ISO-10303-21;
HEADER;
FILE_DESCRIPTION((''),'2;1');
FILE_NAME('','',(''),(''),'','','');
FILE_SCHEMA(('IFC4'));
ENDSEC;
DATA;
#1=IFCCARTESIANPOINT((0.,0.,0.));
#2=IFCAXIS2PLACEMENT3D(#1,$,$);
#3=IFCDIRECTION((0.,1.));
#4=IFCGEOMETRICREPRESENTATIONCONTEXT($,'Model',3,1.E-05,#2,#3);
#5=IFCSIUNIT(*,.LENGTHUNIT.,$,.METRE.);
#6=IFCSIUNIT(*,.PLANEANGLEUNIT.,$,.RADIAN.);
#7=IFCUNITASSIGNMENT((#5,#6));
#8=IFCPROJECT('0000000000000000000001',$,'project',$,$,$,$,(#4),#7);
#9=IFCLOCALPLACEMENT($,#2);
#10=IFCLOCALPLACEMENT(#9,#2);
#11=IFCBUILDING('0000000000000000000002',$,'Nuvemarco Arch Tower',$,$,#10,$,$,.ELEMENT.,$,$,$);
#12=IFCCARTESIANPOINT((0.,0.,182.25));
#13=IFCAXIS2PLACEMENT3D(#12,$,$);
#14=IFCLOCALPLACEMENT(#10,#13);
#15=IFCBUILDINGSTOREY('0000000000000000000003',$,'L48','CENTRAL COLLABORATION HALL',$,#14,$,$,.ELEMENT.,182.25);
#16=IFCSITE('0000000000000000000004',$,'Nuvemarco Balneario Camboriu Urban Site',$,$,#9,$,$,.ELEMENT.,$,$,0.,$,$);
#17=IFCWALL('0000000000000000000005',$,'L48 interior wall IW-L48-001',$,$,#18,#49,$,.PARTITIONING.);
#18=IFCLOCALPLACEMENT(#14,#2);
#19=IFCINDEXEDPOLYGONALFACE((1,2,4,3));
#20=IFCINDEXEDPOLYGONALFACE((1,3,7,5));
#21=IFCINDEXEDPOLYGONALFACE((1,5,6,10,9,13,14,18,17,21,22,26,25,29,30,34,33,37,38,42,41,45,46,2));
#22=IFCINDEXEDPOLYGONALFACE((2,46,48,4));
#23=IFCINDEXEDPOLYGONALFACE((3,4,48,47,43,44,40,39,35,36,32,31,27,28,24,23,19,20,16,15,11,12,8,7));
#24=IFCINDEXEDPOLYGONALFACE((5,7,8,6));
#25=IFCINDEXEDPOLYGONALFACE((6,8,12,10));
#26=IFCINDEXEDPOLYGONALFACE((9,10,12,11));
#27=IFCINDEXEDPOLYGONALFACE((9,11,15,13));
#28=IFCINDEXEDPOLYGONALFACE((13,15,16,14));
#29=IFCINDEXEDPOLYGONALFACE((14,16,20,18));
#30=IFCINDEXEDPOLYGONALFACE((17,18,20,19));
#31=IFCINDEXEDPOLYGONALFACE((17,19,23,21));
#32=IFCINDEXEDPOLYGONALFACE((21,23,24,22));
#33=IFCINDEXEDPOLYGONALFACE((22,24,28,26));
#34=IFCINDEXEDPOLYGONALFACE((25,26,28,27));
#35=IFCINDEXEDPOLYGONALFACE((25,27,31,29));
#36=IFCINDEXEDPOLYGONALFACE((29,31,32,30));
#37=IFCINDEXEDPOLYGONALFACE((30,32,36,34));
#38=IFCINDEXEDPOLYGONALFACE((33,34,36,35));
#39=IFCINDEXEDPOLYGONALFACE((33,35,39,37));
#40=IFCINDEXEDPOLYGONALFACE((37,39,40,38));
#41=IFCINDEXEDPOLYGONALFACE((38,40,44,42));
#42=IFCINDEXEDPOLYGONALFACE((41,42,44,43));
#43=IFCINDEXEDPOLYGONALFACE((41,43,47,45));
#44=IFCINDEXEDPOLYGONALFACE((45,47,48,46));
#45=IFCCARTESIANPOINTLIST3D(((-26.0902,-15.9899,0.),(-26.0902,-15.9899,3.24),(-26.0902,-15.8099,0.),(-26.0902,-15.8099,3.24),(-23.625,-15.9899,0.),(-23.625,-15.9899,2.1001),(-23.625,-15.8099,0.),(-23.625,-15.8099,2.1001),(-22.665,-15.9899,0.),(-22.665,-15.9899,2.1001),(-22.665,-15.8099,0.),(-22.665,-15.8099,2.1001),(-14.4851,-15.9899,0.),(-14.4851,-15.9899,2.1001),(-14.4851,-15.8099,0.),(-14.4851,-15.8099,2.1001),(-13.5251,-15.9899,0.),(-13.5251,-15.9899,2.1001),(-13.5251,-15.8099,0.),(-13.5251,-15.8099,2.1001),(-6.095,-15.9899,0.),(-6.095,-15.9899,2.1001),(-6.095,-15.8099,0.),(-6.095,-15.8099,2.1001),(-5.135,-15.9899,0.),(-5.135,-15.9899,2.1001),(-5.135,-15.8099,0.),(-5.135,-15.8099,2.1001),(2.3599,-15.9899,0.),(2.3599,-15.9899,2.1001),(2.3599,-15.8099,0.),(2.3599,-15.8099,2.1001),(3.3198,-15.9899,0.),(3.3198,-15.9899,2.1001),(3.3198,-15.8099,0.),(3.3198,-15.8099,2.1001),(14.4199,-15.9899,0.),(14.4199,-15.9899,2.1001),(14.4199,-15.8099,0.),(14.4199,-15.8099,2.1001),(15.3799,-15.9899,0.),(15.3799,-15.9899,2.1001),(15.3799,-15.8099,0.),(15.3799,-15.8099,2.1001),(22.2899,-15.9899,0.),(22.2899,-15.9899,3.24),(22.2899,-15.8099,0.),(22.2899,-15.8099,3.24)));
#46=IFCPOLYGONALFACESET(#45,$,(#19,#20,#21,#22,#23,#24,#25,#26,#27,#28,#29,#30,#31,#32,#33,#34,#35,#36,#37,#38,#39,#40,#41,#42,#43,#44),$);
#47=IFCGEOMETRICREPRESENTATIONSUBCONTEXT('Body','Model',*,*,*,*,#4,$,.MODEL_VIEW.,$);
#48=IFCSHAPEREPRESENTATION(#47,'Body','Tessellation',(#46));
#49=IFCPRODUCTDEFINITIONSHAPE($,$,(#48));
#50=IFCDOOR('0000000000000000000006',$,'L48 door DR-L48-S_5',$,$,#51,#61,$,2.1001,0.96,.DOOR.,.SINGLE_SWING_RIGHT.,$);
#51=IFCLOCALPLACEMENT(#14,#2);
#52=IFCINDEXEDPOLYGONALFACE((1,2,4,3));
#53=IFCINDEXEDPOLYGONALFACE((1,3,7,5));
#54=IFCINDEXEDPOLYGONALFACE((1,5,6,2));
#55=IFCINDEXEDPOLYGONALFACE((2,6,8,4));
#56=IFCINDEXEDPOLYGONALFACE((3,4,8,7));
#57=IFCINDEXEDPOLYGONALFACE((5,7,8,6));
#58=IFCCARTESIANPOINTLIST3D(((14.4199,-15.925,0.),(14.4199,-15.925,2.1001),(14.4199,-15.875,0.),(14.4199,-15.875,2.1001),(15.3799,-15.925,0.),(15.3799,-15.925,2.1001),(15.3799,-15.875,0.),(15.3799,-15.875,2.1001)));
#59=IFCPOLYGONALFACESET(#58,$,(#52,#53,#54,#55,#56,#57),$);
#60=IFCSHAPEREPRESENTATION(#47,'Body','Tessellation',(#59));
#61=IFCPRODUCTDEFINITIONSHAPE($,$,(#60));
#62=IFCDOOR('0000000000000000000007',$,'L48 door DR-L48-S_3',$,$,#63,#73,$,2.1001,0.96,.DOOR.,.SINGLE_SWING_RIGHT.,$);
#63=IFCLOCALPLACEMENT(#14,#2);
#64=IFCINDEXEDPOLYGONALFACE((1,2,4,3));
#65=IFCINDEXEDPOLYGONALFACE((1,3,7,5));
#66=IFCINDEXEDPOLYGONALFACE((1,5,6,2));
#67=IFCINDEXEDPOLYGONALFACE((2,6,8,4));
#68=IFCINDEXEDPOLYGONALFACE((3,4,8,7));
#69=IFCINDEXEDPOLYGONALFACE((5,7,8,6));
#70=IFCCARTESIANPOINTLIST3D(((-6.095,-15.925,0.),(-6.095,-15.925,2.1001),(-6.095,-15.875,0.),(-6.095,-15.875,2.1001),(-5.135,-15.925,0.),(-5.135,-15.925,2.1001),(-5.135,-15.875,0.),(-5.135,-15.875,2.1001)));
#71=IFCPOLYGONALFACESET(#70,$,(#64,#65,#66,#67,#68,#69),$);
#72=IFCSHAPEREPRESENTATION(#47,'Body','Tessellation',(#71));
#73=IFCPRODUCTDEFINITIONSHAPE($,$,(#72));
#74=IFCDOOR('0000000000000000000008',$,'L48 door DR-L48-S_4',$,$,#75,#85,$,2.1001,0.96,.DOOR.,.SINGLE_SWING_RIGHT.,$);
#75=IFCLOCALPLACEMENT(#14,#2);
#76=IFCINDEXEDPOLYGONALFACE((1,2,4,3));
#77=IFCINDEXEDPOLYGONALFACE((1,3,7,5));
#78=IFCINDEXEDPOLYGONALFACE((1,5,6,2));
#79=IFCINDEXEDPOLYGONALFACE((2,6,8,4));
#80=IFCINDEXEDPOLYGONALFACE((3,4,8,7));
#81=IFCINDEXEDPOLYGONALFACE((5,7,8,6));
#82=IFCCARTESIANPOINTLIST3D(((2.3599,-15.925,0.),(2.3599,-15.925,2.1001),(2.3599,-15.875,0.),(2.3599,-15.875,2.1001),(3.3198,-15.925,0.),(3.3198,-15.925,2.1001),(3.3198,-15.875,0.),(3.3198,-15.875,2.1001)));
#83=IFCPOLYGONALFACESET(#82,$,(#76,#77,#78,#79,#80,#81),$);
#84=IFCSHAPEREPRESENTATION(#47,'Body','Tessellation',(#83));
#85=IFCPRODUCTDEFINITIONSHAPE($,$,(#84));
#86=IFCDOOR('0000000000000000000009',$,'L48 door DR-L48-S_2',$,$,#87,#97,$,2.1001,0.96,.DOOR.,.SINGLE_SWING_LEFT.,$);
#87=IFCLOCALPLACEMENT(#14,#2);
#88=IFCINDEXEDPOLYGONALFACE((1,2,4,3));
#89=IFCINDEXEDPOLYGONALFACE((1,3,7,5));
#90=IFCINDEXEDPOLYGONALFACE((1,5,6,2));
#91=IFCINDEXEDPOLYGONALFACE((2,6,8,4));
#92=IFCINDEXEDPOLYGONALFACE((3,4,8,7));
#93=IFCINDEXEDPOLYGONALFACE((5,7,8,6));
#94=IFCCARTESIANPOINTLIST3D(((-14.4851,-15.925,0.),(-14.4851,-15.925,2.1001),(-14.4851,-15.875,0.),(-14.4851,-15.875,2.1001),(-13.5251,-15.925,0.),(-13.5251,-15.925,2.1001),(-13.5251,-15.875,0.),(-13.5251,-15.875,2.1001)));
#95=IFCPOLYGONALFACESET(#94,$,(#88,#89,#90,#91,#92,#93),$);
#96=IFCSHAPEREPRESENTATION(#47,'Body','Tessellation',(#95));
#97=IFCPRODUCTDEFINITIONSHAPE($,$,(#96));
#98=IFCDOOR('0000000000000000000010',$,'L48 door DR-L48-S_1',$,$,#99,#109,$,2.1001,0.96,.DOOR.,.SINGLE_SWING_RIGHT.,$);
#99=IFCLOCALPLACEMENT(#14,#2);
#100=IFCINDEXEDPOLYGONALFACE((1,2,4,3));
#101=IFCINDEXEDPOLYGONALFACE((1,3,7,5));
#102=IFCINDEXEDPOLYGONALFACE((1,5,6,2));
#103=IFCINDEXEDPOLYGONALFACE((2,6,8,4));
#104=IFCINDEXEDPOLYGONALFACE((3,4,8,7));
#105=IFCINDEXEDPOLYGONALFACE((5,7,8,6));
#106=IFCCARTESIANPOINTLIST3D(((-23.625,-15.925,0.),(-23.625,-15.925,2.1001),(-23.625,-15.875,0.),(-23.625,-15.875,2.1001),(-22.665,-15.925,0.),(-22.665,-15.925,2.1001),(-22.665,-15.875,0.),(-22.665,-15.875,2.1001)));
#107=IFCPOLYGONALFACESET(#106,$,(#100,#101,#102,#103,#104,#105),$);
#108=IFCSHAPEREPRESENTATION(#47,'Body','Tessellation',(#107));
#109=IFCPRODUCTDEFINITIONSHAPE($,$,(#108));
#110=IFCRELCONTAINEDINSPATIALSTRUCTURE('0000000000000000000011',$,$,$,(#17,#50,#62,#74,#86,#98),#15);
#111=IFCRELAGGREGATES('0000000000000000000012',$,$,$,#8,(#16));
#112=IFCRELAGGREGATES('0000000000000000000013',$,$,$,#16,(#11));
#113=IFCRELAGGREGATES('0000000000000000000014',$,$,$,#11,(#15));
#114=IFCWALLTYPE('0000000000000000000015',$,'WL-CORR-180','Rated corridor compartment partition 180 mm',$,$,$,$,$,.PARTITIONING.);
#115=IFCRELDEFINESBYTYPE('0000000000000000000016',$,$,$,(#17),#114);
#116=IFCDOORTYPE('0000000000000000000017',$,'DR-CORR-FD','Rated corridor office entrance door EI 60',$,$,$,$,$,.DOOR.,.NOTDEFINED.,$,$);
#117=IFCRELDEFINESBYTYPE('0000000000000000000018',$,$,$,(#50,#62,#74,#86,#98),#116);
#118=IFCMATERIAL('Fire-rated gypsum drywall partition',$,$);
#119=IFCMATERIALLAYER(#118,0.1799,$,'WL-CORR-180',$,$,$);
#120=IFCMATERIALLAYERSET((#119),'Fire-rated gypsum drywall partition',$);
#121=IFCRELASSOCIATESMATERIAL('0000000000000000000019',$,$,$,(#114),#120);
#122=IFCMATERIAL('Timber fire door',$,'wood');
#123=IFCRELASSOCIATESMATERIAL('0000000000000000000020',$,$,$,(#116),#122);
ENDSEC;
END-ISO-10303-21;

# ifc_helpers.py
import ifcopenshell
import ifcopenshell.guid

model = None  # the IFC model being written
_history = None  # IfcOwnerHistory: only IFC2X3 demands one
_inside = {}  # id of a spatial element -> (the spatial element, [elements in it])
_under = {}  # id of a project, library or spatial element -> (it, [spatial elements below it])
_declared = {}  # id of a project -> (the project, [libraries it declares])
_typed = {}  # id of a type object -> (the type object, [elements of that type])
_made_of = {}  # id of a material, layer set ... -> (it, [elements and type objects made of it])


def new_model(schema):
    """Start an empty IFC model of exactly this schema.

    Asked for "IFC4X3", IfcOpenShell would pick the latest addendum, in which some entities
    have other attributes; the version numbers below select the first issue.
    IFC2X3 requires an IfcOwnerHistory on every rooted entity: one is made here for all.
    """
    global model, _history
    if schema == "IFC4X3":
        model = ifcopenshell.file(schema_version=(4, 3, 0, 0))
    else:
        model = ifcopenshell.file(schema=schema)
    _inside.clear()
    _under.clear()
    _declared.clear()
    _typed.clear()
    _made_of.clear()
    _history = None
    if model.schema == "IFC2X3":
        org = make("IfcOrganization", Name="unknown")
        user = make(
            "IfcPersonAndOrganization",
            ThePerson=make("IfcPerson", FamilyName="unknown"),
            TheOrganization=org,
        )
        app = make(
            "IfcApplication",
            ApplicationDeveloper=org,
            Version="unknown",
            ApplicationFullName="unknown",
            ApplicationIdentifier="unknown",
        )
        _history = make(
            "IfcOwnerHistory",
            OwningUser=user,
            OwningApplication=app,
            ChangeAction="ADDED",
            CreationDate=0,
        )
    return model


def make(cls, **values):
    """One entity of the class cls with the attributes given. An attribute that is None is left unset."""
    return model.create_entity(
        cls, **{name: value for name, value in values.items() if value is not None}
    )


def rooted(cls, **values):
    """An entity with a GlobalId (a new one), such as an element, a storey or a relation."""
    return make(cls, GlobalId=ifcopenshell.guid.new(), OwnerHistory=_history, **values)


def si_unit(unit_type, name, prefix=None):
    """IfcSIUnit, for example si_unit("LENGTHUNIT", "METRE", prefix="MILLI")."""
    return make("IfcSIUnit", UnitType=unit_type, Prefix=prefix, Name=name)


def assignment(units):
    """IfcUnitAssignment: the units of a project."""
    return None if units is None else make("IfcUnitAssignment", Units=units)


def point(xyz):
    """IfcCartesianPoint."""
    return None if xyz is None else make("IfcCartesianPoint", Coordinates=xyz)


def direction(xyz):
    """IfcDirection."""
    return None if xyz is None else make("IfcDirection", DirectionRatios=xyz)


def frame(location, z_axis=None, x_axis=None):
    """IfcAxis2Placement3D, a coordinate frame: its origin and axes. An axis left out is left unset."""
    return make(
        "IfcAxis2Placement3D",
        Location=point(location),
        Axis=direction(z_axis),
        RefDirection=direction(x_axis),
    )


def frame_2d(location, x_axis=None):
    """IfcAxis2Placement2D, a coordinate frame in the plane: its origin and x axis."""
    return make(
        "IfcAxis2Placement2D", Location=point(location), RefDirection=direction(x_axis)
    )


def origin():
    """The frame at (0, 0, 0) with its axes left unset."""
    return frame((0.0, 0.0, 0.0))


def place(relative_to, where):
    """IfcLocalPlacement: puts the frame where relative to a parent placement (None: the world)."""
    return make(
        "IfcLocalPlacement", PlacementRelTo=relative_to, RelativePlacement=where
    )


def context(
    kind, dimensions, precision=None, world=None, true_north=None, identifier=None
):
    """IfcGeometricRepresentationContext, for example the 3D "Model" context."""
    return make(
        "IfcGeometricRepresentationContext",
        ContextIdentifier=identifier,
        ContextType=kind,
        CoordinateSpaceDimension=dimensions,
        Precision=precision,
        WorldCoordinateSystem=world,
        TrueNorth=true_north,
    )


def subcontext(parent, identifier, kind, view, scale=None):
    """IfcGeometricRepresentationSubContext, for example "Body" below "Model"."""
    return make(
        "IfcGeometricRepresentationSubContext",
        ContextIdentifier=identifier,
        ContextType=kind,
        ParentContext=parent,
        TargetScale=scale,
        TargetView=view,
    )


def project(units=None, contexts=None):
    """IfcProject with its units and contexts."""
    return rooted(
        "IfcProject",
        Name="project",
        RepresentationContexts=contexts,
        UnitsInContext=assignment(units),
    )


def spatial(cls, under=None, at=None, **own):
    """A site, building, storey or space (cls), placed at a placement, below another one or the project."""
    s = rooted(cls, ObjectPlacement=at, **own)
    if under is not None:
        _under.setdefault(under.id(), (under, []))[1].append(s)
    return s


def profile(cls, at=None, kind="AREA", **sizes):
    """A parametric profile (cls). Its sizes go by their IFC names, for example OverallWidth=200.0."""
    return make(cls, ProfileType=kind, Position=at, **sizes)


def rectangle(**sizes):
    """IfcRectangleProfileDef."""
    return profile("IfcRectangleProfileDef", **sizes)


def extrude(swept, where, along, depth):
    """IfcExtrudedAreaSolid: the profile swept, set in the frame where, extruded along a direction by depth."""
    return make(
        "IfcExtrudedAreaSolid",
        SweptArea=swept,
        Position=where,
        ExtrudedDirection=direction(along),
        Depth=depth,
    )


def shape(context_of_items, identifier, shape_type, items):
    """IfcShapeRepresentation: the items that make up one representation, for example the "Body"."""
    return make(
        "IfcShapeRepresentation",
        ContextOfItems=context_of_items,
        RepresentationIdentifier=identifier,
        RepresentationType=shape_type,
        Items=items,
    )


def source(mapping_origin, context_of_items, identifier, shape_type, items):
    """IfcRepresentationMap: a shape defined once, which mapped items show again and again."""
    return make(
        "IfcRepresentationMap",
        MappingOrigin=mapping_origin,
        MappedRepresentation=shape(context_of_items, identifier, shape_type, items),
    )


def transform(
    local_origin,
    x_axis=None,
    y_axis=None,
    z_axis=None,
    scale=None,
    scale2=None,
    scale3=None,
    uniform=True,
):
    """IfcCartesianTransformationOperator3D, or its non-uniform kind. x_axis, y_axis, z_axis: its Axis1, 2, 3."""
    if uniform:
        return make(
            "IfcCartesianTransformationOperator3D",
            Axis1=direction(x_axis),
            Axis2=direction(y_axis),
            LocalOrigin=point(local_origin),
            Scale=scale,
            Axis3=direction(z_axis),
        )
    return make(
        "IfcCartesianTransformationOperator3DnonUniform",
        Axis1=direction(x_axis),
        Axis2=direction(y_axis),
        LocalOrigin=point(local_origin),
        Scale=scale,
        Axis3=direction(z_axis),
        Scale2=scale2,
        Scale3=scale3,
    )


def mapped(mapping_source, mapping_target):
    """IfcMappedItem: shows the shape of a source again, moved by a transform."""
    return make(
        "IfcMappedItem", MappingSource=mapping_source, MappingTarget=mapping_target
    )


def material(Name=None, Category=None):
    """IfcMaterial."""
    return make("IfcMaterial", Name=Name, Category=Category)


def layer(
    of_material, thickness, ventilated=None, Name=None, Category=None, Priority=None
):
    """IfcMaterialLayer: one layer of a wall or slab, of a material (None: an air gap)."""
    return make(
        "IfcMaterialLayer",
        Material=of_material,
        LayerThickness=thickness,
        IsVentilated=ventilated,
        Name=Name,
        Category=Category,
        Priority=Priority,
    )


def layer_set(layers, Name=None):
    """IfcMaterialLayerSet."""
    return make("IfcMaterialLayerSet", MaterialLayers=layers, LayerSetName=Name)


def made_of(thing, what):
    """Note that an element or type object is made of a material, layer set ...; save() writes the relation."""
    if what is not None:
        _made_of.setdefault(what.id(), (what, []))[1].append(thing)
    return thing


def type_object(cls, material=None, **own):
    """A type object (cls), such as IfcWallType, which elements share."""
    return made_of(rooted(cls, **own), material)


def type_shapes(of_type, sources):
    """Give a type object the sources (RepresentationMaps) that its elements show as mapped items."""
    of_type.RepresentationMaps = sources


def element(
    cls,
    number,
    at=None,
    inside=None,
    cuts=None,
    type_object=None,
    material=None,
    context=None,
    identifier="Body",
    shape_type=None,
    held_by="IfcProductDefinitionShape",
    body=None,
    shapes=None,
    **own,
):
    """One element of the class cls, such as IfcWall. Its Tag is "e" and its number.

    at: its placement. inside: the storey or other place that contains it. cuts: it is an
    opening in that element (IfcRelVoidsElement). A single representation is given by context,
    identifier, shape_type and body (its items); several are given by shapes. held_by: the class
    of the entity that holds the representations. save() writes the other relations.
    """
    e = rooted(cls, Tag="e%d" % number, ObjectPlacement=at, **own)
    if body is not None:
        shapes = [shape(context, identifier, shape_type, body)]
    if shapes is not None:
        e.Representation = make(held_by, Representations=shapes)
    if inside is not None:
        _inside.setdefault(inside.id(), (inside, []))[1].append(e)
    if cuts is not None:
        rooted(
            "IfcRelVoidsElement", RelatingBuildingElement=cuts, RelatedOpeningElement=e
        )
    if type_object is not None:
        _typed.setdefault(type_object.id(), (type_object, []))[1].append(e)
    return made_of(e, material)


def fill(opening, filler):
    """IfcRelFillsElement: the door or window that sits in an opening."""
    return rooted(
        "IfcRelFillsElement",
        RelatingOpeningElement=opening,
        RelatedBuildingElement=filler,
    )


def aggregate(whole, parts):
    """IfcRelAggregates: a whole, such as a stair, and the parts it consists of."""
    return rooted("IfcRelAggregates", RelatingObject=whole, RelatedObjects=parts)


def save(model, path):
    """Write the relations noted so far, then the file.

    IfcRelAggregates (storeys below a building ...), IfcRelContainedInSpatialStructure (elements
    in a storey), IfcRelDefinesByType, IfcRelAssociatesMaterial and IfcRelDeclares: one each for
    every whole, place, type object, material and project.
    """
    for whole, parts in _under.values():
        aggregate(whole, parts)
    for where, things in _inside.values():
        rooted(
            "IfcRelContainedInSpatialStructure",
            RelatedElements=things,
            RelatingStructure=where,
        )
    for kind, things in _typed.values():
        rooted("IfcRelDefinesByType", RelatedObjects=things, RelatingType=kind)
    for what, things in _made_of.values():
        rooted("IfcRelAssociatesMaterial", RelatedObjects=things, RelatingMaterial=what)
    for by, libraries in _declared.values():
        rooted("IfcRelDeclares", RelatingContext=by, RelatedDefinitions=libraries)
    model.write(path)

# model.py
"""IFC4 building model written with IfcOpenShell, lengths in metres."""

from ifc_helpers import new_model, si_unit, direction, frame, frame_2d, origin, place, context, subcontext, project, spatial, rectangle, extrude, source, transform, mapped, material, layer, layer_set, type_object, type_shapes, element, fill, save


model = new_model("IFC4")

# Units and contexts
model_context = context("Model", 3, precision=1e-05, world=origin(), true_north=direction((0.0, 1.0)))
body_context = subcontext(model_context, "Body", "Model", "MODEL_VIEW")
ifc_project = project(units=[si_unit("LENGTHUNIT", "METRE"), si_unit("PLANEANGLEUNIT", "RADIAN")], contexts=[model_context])

# Site, building, storey
site_placement = place(None, origin())
site = spatial("IfcSite", under=ifc_project, at=site_placement, Name="Nuvemarco Balneario Camboriu Urban Site", CompositionType="ELEMENT", RefElevation=0.0)
building_placement = place(site_placement, origin())
building = spatial("IfcBuilding", under=site, at=building_placement, Name="Nuvemarco Arch Tower", CompositionType="ELEMENT")
storey_placement = place(building_placement, frame((0.0, 0.0, 182.25)))
storey = spatial("IfcBuildingStorey", under=building, at=storey_placement, Name="L48", Description="CENTRAL COLLABORATION HALL", CompositionType="ELEMENT", Elevation=182.25)

# Wall, openings, doors
ifc_material_1 = material(Name="Fire-rated gypsum drywall partition")
ifc_layer = layer(ifc_material_1, 0.1799, Name="WL-CORR-180")
ifc_layer_set = layer_set([ifc_layer], Name="Fire-rated gypsum drywall partition")
wall_type = type_object("IfcWallType", Name="WL-CORR-180", Description="Rated corridor compartment partition 180 mm", PredefinedType="PARTITIONING", material=ifc_layer_set)
wall_1_placement = place(storey_placement, frame((-26.0901, -15.8999, 0.0), z_axis=(0.0, 0.0, 1.0), x_axis=(1.0, 0.0, 0.0)))
wall_1 = element("IfcWall", 1, at=wall_1_placement, inside=storey, type_object=wall_type, Name="L48 interior wall IW-L48-001", PredefinedType="PARTITIONING", context=body_context, shape_type="SweptSolid", body=[
    extrude(rectangle(XDim=48.3801, YDim=0.1799, at=frame_2d((24.1899, 0.0))), origin(), (0.0, 0.0, 1.0), 3.24),
])
opening_1_placement = place(wall_1_placement, frame((40.51, 0.0, 0.0)))
opening_1 = element("IfcOpeningElement", 2, at=opening_1_placement, cuts=wall_1, PredefinedType="OPENING", context=body_context, shape_type="SweptSolid", body=[
    extrude(rectangle(XDim=0.96, YDim=2.1001, at=frame_2d((0.48, 1.05))), frame((0.0, 0.0999, 0.0), z_axis=(0.0, -1.0, 0.0), x_axis=(1.0, 0.0, 0.0)), (0.0, 0.0, 1.0), 0.2),
])
opening_2_placement = place(wall_1_placement, frame((19.9951, 0.0, 0.0)))
opening_2 = element("IfcOpeningElement", 3, at=opening_2_placement, cuts=wall_1, PredefinedType="OPENING", context=body_context, shape_type="SweptSolid", body=[
    extrude(rectangle(XDim=0.96, YDim=2.1001, at=frame_2d((0.48, 1.05))), frame((0.0, 0.0999, 0.0), z_axis=(0.0, -1.0, 0.0), x_axis=(1.0, 0.0, 0.0)), (0.0, 0.0, 1.0), 0.2),
])
opening_3_placement = place(wall_1_placement, frame((28.45, 0.0, 0.0)))
opening_3 = element("IfcOpeningElement", 4, at=opening_3_placement, cuts=wall_1, PredefinedType="OPENING", context=body_context, shape_type="SweptSolid", body=[
    extrude(rectangle(XDim=0.96, YDim=2.1001, at=frame_2d((0.48, 1.05))), frame((0.0, 0.0999, 0.0), z_axis=(0.0, -1.0, 0.0), x_axis=(1.0, 0.0, 0.0)), (0.0, 0.0, 1.0), 0.2),
])
opening_4_placement = place(wall_1_placement, frame((11.605, 0.0, 0.0)))
opening_4 = element("IfcOpeningElement", 5, at=opening_4_placement, cuts=wall_1, PredefinedType="OPENING", context=body_context, shape_type="SweptSolid", body=[
    extrude(rectangle(XDim=0.96, YDim=2.1001, at=frame_2d((0.48, 1.05))), frame((0.0, 0.0999, 0.0), z_axis=(0.0, -1.0, 0.0), x_axis=(1.0, 0.0, 0.0)), (0.0, 0.0, 1.0), 0.2),
])
opening_5_placement = place(wall_1_placement, frame((2.4651, 0.0, 0.0)))
opening_5 = element("IfcOpeningElement", 6, at=opening_5_placement, cuts=wall_1, PredefinedType="OPENING", context=body_context, shape_type="SweptSolid", body=[
    extrude(rectangle(XDim=0.96, YDim=2.1001, at=frame_2d((0.48, 1.05))), frame((0.0, 0.0999, 0.0), z_axis=(0.0, -1.0, 0.0), x_axis=(1.0, 0.0, 0.0)), (0.0, 0.0, 1.0), 0.2),
])
ifc_material_2 = material(Name="Timber fire door", Category="wood")
door_type_1 = type_object("IfcDoorType", Name="DR-CORR-FD", Description="Rated corridor office entrance door EI 60", OperationType="NOTDEFINED", PredefinedType="DOOR", material=ifc_material_2)
shared_shape_1 = source(origin(), body_context, "Body", "SweptSolid", [
    extrude(rectangle(XDim=0.96, YDim=2.1001, at=frame_2d((0.48, 1.05))), frame((0.0, 0.0249, 0.0), z_axis=(0.0, -1.0, 0.0), x_axis=(1.0, 0.0, 0.0)), (0.0, 0.0, 1.0), 0.05),
])
type_shapes(door_type_1, [shared_shape_1])
door_1_placement = place(opening_1_placement, origin())
door_1 = element("IfcDoor", 7, at=door_1_placement, inside=storey, type_object=door_type_1, Name="L48 door DR-L48-S_5", OperationType="SINGLE_SWING_RIGHT", OverallHeight=2.1001, OverallWidth=0.96, PredefinedType="DOOR", context=body_context, shape_type="MappedRepresentation", body=[
    mapped(shared_shape_1, transform((0.0, 0.0, 0.0), scale=1.0)),
])
fill(opening_1, door_1)
door_2_placement = place(opening_2_placement, origin())
door_2 = element("IfcDoor", 8, at=door_2_placement, inside=storey, type_object=door_type_1, Name="L48 door DR-L48-S_3", OperationType="SINGLE_SWING_RIGHT", OverallHeight=2.1001, OverallWidth=0.96, PredefinedType="DOOR", context=body_context, shape_type="MappedRepresentation", body=[
    mapped(shared_shape_1, transform((0.0, 0.0, 0.0), scale=1.0)),
])
fill(opening_2, door_2)
door_3_placement = place(opening_3_placement, origin())
door_3 = element("IfcDoor", 9, at=door_3_placement, inside=storey, type_object=door_type_1, Name="L48 door DR-L48-S_4", OperationType="SINGLE_SWING_RIGHT", OverallHeight=2.1001, OverallWidth=0.96, PredefinedType="DOOR", context=body_context, shape_type="MappedRepresentation", body=[
    mapped(shared_shape_1, transform((0.0, 0.0, 0.0), scale=1.0)),
])
fill(opening_3, door_3)
door_4_placement = place(opening_4_placement, origin())
door_4 = element("IfcDoor", 10, at=door_4_placement, inside=storey, type_object=door_type_1, Name="L48 door DR-L48-S_2", OperationType="SINGLE_SWING_LEFT", OverallHeight=2.1001, OverallWidth=0.96, PredefinedType="DOOR", context=body_context, shape_type="MappedRepresentation", body=[
    mapped(shared_shape_1, transform((0.0, 0.0, 0.0), scale=1.0)),
])
fill(opening_4, door_4)
door_5_placement = place(opening_5_placement, origin())
door_5 = element("IfcDoor", 11, at=door_5_placement, inside=storey, type_object=door_type_1, Name="L48 door DR-L48-S_1", OperationType="SINGLE_SWING_RIGHT", OverallHeight=2.1001, OverallWidth=0.96, PredefinedType="DOOR", context=body_context, shape_type="MappedRepresentation", body=[
    mapped(shared_shape_1, transform((0.0, 0.0, 0.0), scale=1.0)),
])
fill(opening_5, door_5)

save(model, "model.ifc")
